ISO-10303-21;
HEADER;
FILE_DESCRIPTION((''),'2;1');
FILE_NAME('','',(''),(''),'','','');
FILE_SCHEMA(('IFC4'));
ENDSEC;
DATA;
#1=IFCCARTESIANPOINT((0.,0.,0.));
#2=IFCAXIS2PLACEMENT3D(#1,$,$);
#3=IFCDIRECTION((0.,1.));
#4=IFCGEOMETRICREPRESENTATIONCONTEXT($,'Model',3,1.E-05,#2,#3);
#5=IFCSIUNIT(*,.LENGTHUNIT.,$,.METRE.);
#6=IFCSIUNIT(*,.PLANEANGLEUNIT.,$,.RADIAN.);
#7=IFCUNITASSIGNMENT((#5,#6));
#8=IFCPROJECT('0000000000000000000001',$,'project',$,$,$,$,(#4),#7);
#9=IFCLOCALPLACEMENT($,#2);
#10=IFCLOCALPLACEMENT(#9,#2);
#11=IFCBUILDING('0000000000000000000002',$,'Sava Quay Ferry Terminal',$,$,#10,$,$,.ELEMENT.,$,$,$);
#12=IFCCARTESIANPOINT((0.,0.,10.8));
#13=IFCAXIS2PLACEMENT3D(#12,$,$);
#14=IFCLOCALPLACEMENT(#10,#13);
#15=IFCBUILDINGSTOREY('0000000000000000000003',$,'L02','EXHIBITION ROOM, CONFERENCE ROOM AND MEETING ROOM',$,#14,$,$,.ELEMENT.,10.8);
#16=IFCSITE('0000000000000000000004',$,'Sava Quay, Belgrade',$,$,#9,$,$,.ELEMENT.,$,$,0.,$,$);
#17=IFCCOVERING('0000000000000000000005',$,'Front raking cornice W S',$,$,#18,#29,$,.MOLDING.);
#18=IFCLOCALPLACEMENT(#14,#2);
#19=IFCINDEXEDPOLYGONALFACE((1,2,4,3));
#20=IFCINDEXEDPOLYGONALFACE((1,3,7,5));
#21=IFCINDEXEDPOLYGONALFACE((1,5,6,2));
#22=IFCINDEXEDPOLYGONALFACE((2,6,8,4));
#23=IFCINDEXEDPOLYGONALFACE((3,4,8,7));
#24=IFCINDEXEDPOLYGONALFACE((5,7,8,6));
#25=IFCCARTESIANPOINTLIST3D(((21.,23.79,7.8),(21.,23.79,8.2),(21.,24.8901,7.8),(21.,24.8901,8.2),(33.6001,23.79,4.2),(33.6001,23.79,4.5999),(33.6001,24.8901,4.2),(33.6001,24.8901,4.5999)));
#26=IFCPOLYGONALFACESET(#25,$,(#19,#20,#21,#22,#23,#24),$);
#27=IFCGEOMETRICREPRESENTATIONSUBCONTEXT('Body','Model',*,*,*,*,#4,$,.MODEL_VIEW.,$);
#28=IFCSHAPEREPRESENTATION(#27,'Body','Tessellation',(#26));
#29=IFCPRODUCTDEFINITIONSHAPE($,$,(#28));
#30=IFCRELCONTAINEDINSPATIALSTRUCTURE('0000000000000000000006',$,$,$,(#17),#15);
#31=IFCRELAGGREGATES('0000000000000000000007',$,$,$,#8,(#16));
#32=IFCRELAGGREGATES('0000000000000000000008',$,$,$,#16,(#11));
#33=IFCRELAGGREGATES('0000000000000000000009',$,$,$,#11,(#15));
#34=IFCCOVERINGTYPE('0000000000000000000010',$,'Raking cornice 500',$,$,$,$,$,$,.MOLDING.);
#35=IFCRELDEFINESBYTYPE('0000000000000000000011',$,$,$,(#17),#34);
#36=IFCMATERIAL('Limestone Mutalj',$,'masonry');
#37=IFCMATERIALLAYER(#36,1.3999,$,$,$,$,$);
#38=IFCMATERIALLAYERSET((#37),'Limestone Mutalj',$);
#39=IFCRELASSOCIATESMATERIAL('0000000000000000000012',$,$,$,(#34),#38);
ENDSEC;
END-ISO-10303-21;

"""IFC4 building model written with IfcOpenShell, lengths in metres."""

from ifc_helpers import new_model, si_unit, direction, frame, origin, place, context, subcontext, project, spatial, polyline, outline, extrude, material, layer, layer_set, type_object, element, save


model = new_model("IFC4")

# Units and contexts
model_context = context("Model", 3, precision=1e-05, world=origin(), true_north=direction((0.0, 1.0)))
body_context = subcontext(model_context, "Body", "Model", "MODEL_VIEW")
ifc_project = project(units=[si_unit("LENGTHUNIT", "METRE"), si_unit("PLANEANGLEUNIT", "RADIAN")], contexts=[model_context])

# Site, building, storey
site_placement = place(None, origin())
site = spatial("IfcSite", under=ifc_project, at=site_placement, Name="Sava Quay, Belgrade", CompositionType="ELEMENT", RefElevation=0.0)
building_placement = place(site_placement, origin())
building = spatial("IfcBuilding", under=site, at=building_placement, Name="Sava Quay Ferry Terminal", CompositionType="ELEMENT")
storey_placement = place(building_placement, frame((0.0, 0.0, 10.8)))
storey = spatial("IfcBuildingStorey", under=building, at=storey_placement, Name="L02", Description="EXHIBITION ROOM, CONFERENCE ROOM AND MEETING ROOM", CompositionType="ELEMENT", Elevation=10.8)

# Covering
ifc_material_1 = material(Name="Limestone Mutalj", Category="masonry")
ifc_layer_1 = layer(ifc_material_1, 1.3999)
ifc_layer_set_1 = layer_set([ifc_layer_1], Name="Limestone Mutalj")
covering_type_1 = type_object("IfcCoveringType", Name="Raking cornice 500", PredefinedType="MOLDING", material=ifc_layer_set_1)
covering_1_placement = place(storey_placement, frame((21.0, 23.79, 7.8), z_axis=(0.0, -1.0, 0.0), x_axis=(0.961523, 0.0, -0.274726)))
element("IfcCovering", 1, at=covering_1_placement, inside=storey, type_object=covering_type_1, Name="Front raking cornice W S", PredefinedType="MOLDING", context=body_context, shape_type="SweptSolid", body=[
    extrude(outline(polyline([(0.0, 0.0), (13.1043, 0.0), (12.9945, 0.3845), (-0.1099, 0.3845), (0.0, 0.0)])), origin(), (0.0, 0.0, -1.0), 1.1001),
])

save(model, "model.ifc")
